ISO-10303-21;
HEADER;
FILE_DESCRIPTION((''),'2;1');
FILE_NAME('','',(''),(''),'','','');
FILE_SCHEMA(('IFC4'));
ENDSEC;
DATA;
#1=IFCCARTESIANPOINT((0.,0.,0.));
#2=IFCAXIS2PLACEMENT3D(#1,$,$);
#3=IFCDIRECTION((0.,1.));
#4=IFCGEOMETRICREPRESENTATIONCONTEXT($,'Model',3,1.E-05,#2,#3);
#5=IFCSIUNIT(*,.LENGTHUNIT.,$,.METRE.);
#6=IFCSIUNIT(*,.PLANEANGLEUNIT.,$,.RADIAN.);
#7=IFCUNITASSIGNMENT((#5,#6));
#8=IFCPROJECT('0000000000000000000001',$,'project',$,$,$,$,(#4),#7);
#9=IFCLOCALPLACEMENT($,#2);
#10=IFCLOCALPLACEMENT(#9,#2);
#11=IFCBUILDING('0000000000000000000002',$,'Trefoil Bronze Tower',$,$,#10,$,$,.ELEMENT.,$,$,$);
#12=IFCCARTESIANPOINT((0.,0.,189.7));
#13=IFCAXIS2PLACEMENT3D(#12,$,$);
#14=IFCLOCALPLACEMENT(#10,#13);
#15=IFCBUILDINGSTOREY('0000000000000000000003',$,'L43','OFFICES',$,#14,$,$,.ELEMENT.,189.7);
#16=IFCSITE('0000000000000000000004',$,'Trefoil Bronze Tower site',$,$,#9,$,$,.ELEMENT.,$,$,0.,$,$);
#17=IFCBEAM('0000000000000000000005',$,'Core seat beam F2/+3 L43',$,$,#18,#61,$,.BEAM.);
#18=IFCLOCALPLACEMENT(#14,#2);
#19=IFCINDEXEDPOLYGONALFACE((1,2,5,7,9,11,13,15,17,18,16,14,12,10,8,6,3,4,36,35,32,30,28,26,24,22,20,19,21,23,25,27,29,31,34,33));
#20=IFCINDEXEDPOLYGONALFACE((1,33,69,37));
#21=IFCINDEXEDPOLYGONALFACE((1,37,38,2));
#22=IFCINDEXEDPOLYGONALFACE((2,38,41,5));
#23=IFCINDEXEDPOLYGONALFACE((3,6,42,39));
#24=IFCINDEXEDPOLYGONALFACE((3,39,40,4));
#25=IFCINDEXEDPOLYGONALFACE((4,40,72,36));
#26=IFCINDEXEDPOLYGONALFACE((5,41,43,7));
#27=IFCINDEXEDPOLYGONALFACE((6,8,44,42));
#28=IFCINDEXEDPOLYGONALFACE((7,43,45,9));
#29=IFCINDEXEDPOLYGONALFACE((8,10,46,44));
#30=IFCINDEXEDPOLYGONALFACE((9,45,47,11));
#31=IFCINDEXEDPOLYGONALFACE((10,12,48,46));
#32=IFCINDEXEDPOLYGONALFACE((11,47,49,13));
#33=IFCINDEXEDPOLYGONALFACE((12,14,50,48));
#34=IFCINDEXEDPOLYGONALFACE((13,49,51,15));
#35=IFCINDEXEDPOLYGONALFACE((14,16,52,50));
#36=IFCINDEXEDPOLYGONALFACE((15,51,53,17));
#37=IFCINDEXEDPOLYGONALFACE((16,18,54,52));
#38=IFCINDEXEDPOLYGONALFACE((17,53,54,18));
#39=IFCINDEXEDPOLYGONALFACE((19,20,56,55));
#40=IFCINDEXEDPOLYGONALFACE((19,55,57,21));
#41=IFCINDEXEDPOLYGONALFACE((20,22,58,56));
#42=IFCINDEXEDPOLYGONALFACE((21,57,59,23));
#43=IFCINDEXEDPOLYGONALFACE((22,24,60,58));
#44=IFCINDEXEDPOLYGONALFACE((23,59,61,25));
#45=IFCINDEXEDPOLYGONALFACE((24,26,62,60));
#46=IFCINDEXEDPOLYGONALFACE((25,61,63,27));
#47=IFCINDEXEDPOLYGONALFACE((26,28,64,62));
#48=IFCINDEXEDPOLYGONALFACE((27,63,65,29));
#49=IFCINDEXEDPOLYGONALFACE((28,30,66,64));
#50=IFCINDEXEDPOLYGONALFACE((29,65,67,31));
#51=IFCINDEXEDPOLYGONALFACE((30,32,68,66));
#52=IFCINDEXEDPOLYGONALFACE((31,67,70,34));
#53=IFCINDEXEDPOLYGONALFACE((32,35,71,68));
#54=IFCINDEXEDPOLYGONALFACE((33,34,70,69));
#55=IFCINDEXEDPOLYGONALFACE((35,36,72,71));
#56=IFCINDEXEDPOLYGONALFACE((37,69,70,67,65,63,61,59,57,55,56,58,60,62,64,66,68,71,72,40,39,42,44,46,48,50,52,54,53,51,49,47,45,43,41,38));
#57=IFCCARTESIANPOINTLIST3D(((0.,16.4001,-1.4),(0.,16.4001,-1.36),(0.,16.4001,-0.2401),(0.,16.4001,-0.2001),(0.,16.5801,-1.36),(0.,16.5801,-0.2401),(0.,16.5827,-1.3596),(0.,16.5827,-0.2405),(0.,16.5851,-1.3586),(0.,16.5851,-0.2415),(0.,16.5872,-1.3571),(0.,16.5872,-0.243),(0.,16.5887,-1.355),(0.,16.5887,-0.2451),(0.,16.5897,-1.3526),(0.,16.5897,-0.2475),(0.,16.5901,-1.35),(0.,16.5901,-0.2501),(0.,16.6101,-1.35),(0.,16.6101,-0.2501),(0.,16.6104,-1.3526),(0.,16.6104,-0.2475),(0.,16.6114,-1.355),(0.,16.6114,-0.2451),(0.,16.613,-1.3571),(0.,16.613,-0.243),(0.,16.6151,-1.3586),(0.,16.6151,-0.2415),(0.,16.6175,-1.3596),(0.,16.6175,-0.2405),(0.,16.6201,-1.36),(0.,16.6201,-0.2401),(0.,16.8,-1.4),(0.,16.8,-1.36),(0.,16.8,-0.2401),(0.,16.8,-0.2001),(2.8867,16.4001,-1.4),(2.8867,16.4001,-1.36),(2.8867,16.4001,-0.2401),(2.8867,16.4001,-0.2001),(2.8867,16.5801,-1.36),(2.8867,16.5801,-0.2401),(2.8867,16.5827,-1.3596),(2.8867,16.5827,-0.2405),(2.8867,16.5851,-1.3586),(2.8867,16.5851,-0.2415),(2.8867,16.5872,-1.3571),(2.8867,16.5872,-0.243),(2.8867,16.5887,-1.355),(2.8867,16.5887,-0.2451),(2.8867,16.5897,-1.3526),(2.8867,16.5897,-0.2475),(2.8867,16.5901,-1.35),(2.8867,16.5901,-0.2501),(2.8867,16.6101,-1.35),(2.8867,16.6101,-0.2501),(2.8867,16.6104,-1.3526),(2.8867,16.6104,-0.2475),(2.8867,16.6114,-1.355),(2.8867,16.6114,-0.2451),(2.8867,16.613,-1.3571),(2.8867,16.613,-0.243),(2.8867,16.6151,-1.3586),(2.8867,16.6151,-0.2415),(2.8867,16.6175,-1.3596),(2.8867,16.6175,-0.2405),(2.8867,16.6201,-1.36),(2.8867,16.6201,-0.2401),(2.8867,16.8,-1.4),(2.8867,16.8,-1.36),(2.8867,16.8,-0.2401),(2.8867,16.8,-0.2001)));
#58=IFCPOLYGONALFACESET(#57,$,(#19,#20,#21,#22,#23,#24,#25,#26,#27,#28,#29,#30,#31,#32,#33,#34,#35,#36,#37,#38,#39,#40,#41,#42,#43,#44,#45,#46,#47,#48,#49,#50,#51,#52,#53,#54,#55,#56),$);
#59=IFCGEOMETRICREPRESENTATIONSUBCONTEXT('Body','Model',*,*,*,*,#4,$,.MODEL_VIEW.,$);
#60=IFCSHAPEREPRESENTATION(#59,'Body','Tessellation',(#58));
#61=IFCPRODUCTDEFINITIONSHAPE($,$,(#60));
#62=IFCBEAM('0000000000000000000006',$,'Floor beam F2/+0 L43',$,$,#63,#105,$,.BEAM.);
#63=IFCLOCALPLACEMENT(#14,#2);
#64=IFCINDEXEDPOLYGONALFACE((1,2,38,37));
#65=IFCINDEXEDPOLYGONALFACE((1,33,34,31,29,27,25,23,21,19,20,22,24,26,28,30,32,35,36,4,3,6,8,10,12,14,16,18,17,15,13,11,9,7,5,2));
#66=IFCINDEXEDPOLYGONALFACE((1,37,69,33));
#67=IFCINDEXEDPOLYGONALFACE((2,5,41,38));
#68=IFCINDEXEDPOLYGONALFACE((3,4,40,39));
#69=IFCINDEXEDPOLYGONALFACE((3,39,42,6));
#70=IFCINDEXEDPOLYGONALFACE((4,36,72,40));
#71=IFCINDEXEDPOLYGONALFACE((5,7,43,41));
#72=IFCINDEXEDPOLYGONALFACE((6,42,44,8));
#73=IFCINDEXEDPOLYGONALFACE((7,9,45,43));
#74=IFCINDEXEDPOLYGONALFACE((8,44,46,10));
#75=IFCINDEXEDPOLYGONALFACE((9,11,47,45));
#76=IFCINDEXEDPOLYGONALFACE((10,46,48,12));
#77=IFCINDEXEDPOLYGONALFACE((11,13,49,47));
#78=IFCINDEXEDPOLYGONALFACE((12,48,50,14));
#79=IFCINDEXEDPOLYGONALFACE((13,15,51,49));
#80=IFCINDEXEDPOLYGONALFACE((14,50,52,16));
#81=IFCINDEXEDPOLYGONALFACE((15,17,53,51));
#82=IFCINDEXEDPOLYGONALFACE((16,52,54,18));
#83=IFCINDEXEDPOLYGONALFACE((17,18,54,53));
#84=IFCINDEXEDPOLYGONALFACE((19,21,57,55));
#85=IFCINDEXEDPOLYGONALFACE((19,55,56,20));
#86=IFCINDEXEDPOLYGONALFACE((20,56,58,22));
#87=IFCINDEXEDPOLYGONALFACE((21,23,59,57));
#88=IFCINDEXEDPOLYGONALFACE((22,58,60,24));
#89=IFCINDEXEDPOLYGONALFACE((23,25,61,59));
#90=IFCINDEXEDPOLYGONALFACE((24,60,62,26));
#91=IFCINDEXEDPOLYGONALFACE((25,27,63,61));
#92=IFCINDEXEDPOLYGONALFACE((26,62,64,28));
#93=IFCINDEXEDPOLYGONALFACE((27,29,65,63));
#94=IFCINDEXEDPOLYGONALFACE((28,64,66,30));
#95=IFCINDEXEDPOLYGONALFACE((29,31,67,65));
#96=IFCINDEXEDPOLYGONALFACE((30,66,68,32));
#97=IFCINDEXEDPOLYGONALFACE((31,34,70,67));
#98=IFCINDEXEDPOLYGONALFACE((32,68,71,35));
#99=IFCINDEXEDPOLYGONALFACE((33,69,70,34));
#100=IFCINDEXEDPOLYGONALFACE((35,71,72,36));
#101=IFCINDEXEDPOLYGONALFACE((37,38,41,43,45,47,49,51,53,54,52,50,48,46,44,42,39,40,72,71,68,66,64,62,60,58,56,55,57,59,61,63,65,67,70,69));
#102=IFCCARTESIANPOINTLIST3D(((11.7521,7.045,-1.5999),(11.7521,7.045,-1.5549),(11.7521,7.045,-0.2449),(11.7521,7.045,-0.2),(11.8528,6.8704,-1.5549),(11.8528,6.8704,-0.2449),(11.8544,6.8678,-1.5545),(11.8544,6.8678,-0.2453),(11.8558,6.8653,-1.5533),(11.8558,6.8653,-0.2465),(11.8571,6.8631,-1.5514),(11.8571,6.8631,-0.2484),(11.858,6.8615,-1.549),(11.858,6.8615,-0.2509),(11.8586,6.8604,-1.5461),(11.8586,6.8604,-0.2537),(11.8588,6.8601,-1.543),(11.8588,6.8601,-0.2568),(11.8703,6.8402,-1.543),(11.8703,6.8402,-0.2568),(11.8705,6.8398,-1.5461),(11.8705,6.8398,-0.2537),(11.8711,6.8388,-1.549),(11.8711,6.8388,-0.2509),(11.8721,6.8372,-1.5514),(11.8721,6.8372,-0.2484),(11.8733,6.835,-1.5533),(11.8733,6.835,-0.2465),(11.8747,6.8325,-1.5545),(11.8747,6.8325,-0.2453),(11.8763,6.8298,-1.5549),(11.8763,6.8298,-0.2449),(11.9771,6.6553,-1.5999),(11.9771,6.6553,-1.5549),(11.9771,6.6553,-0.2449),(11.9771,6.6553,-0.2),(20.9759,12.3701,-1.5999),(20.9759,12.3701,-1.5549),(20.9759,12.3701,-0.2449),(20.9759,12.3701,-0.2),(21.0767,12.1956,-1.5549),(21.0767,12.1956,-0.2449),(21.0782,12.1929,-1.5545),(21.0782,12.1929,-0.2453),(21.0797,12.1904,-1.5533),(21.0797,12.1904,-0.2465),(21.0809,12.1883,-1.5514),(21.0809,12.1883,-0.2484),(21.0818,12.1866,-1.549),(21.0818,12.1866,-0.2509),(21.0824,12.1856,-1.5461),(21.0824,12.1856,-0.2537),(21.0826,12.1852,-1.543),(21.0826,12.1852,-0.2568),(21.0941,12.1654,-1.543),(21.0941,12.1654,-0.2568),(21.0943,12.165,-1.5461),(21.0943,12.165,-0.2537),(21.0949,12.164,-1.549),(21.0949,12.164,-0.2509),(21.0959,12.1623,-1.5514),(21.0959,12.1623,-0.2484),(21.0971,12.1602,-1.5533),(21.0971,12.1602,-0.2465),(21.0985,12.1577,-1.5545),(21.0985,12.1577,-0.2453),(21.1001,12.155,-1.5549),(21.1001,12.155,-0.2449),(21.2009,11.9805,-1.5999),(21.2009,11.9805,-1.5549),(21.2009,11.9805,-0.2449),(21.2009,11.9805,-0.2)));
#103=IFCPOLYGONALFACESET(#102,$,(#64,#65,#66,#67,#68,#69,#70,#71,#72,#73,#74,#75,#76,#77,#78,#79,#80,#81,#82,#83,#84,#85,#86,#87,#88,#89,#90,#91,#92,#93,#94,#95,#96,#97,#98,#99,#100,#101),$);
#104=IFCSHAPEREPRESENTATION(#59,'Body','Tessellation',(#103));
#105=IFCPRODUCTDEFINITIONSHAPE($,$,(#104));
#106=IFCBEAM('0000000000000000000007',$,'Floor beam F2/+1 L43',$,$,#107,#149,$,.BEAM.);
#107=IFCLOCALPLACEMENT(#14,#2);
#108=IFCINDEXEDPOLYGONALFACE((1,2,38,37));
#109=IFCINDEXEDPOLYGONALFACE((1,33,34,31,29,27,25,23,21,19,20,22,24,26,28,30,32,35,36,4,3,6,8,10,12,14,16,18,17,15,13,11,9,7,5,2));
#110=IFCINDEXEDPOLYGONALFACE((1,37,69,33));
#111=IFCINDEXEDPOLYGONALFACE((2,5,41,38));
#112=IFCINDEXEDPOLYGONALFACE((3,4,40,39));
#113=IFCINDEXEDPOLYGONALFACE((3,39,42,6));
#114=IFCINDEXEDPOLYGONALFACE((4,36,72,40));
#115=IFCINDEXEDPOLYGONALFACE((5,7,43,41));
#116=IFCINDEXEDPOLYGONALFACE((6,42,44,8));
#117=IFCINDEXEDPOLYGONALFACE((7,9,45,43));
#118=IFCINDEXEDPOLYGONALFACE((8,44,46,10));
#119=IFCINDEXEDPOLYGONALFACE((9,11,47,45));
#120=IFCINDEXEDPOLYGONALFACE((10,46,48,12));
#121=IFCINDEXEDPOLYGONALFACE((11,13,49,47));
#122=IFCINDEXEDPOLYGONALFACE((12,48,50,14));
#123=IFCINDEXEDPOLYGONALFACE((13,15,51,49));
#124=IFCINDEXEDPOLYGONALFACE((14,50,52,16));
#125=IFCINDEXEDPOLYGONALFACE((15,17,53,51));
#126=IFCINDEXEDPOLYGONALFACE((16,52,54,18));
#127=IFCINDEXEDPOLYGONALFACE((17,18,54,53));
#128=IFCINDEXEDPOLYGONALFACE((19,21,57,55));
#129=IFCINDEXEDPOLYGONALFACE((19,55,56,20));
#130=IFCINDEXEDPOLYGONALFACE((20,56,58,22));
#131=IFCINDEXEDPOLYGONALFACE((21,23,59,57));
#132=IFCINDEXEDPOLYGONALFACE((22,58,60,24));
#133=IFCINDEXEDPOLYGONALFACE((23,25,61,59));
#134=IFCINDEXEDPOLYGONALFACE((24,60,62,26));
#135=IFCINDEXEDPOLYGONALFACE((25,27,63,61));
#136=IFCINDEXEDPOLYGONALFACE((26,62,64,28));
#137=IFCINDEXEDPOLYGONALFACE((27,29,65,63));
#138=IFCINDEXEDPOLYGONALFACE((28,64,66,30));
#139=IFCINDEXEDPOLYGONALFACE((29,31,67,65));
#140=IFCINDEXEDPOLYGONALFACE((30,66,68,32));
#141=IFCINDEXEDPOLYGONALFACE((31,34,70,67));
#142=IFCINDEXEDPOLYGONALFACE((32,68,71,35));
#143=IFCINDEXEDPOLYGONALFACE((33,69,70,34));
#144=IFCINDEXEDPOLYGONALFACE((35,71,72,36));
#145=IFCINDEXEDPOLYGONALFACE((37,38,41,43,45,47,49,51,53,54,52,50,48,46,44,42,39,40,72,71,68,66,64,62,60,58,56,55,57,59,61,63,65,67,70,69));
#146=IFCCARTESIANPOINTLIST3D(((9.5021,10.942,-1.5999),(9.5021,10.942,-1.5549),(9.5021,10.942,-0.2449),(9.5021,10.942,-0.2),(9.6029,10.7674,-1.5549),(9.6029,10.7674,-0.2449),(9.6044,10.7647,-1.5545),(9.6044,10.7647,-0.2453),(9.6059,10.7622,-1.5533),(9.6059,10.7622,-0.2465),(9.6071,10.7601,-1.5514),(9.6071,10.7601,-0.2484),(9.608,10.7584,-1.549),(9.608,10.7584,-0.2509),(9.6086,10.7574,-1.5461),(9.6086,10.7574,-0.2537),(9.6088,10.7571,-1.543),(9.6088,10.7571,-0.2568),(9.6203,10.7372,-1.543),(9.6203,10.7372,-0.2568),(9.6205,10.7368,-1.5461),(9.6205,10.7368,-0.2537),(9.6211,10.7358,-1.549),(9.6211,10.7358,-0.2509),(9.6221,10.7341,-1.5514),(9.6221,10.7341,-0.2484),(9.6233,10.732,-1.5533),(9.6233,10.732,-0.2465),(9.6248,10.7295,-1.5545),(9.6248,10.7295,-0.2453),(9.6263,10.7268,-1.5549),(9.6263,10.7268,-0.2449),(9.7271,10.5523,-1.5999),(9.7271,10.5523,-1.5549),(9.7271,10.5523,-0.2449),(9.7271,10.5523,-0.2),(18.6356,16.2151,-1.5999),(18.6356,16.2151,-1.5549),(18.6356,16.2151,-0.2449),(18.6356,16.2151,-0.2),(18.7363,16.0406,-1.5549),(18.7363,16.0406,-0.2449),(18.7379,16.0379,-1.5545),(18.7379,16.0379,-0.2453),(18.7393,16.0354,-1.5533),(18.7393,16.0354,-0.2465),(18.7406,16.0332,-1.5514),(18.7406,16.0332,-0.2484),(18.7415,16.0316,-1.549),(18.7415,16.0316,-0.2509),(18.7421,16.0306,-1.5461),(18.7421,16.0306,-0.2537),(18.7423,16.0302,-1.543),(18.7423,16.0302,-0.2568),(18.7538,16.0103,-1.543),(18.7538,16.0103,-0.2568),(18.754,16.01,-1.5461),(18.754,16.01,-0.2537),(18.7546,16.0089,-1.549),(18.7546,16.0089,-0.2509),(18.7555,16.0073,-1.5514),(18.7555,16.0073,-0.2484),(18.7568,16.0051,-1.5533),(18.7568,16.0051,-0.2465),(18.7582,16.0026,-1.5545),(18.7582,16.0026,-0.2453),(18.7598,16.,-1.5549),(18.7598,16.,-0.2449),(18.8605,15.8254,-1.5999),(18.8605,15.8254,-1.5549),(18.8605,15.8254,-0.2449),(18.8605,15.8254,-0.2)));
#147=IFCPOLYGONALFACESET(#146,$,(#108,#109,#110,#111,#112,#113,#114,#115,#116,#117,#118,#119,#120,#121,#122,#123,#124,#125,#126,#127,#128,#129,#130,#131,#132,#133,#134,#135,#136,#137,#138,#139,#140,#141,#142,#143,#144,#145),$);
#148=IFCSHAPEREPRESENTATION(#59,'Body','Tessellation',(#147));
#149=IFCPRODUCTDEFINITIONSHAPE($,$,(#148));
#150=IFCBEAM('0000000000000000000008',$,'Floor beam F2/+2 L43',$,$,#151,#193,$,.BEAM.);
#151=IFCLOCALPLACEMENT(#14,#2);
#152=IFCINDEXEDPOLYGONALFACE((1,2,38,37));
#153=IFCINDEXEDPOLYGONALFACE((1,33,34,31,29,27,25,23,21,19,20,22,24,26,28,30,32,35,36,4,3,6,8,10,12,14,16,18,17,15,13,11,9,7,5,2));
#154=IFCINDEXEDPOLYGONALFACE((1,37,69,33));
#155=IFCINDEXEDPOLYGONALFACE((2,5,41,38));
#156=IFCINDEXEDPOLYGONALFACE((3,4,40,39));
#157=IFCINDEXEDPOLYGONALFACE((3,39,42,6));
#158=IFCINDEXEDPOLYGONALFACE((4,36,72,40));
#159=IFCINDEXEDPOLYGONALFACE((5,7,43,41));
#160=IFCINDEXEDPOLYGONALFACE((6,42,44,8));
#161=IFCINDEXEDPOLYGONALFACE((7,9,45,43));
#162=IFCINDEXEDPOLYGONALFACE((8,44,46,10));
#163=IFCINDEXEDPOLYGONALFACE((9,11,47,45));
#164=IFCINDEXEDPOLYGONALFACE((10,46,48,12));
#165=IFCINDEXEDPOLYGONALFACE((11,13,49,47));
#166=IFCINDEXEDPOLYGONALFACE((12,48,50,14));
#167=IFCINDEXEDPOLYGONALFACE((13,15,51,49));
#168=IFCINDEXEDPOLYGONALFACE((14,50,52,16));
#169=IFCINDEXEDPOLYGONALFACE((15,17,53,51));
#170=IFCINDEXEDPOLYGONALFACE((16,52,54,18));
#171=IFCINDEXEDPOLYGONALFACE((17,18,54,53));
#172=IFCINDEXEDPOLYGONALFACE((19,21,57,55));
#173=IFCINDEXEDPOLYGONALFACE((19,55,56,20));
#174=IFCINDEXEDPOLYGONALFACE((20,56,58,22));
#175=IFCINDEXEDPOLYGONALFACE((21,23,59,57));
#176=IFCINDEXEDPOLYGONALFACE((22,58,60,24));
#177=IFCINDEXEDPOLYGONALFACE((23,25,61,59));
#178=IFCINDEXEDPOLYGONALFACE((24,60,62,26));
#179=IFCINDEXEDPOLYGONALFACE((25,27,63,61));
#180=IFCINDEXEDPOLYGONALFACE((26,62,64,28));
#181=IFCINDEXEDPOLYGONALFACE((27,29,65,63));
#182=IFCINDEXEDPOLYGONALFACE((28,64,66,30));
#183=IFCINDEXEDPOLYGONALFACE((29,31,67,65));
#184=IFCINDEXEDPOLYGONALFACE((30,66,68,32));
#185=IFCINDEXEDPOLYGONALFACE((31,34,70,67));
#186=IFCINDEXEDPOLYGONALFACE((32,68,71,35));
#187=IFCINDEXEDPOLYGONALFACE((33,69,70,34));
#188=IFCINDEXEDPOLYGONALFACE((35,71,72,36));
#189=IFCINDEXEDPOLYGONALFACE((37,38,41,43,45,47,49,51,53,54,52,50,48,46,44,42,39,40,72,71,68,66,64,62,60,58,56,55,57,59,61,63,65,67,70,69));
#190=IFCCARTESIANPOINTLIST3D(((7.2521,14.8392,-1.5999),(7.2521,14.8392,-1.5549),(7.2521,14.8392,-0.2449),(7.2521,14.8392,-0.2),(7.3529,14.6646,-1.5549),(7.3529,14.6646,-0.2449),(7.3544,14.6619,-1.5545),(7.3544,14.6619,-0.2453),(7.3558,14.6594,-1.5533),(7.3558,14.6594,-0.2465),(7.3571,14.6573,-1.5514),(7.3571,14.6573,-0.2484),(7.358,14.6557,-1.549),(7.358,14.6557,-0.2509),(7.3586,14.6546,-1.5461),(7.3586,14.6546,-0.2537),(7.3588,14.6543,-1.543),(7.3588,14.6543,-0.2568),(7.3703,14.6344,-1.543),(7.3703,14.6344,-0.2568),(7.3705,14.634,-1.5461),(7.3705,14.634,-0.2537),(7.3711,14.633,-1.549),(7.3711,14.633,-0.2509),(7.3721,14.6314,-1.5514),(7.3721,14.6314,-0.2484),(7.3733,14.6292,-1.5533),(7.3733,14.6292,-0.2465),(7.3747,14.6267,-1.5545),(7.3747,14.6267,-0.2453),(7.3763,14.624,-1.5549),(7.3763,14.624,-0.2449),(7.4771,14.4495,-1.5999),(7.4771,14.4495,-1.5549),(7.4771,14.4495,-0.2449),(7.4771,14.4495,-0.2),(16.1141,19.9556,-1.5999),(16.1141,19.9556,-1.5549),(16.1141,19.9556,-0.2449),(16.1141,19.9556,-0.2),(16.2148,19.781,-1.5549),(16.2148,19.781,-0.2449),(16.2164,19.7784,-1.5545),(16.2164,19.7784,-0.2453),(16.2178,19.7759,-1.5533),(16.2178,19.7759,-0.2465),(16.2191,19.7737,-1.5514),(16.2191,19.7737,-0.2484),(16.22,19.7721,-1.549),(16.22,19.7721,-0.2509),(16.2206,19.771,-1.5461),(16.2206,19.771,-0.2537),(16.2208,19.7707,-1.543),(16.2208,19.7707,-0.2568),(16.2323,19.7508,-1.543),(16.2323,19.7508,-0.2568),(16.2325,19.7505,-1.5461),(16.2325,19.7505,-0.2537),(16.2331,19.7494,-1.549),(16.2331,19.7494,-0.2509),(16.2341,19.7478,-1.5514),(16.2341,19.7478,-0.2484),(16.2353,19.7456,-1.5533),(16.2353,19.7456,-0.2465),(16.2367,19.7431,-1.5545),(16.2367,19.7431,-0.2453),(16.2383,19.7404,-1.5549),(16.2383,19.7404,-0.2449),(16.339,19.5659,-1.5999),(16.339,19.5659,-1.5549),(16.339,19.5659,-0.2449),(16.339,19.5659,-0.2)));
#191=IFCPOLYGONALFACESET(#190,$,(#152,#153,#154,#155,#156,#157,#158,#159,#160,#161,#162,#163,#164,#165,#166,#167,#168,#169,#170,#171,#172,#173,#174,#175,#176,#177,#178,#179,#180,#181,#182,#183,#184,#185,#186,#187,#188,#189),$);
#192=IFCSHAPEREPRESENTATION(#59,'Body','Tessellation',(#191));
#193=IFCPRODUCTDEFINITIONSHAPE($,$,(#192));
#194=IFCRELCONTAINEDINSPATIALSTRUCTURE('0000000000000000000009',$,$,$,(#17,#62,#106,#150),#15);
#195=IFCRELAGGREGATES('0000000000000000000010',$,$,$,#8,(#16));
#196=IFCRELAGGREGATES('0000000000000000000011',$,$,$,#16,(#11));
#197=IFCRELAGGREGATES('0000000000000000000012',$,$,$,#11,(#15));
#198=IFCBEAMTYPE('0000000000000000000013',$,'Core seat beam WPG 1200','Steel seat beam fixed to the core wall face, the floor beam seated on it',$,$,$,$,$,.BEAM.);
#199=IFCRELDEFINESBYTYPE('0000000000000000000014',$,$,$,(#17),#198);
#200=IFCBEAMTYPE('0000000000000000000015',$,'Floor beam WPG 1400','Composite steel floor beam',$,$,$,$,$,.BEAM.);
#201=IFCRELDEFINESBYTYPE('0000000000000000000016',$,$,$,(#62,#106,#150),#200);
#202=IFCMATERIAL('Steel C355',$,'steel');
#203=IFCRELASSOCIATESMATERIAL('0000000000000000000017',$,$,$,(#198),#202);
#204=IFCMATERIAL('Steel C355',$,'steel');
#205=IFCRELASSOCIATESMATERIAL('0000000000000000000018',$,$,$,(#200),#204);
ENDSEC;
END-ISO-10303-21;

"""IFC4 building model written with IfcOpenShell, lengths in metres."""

from ifc_helpers import new_model, si_unit, direction, frame, origin, origin_2d, place, context, subcontext, project, spatial, i_section, extrude, material, material_profile, profile_set, type_object, element, save


model = new_model("IFC4")

# Units and contexts
model_context = context("Model", 3, precision=1e-05, world=origin(), true_north=direction((0.0, 1.0)))
body_context = subcontext(model_context, "Body", "Model", "MODEL_VIEW")
ifc_project = project(units=[si_unit("LENGTHUNIT", "METRE"), si_unit("PLANEANGLEUNIT", "RADIAN")], contexts=[model_context])

# Site, building, storey
site_placement = place(None, origin())
site = spatial("IfcSite", under=ifc_project, at=site_placement, Name="Trefoil Bronze Tower site", CompositionType="ELEMENT", RefElevation=0.0)
building_placement = place(site_placement, origin())
building = spatial("IfcBuilding", under=site, at=building_placement, Name="Trefoil Bronze Tower", CompositionType="ELEMENT")
storey_placement = place(building_placement, frame((0.0, 0.0, 189.7)))
storey = spatial("IfcBuildingStorey", under=building, at=storey_placement, Name="L43", Description="OFFICES", CompositionType="ELEMENT", Elevation=189.7)

# Beams
ifc_material_1 = material(Name="Steel C355", Category="steel")
ifc_material_profile_1 = material_profile(ifc_material_1, i_section(OverallWidth=0.3999, OverallDepth=1.2, WebThickness=0.02, FlangeThickness=0.04, FilletRadius=0.01, at=origin_2d()), Name="WPG 1200")
ifc_profile_set_1 = profile_set([ifc_material_profile_1], Name="Steel C355")
beam_type_1 = type_object("IfcBeamType", Name="Core seat beam WPG 1200", Description="Steel seat beam fixed to the core wall face, the floor beam seated on it", PredefinedType="BEAM", material=ifc_profile_set_1)
beam_1_placement = place(storey_placement, frame((2.8867, 16.6001, -0.8), z_axis=(-1.0, 0.0, 0.0), x_axis=(0.0, -1.0, 0.0)))
element("IfcBeam", 1, at=beam_1_placement, inside=storey, type_object=beam_type_1, Name="Core seat beam F2/+3 L43", PredefinedType="BEAM", context=body_context, shape_type="SweptSolid", body=[
    extrude(i_section(OverallWidth=0.3999, OverallDepth=1.2, WebThickness=0.02, FlangeThickness=0.04, FilletRadius=0.01, at=origin_2d()), origin(), (0.0, 0.0, 1.0), 2.8867),
])
ifc_material_2 = material(Name="Steel C355", Category="steel")
ifc_material_profile_2 = material_profile(ifc_material_2, i_section(OverallWidth=0.45, OverallDepth=1.3999, WebThickness=0.0229, FlangeThickness=0.0449, FilletRadius=0.012, at=origin_2d()), Name="WPG 1400")
ifc_profile_set_2 = profile_set([ifc_material_profile_2], Name="Steel C355")
beam_type_2 = type_object("IfcBeamType", Name="Floor beam WPG 1400", Description="Composite steel floor beam", PredefinedType="BEAM", material=ifc_profile_set_2)
beam_2_placement = place(storey_placement, frame((21.0884, 12.1753, -0.8999), z_axis=(-0.866034, -0.499985, 0.0), x_axis=(0.499985, -0.866034, 0.0)))
element("IfcBeam", 2, at=beam_2_placement, inside=storey, type_object=beam_type_2, Name="Floor beam F2/+0 L43", PredefinedType="BEAM", context=body_context, shape_type="SweptSolid", body=[
    extrude(i_section(OverallWidth=0.45, OverallDepth=1.3999, WebThickness=0.0229, FlangeThickness=0.0449, FilletRadius=0.012, at=origin_2d()), origin(), (0.0, 0.0, 1.0), 10.6506),
])
beam_3_placement = place(storey_placement, frame((18.748, 16.0203, -0.8999), z_axis=(-0.866028, -0.499996, 0.0), x_axis=(0.499996, -0.866028, 0.0)))
element("IfcBeam", 3, at=beam_3_placement, inside=storey, type_object=beam_type_2, Name="Floor beam F2/+1 L43", PredefinedType="BEAM", context=body_context, shape_type="SweptSolid", body=[
    extrude(i_section(OverallWidth=0.45, OverallDepth=1.3999, WebThickness=0.0229, FlangeThickness=0.0449, FilletRadius=0.012, at=origin_2d()), origin(), (0.0, 0.0, 1.0), 10.5464),
])
beam_4_placement = place(storey_placement, frame((16.2266, 19.7607, -0.8999), z_axis=(-0.866028, -0.499996, 0.0), x_axis=(0.499996, -0.866028, 0.0)))
element("IfcBeam", 4, at=beam_4_placement, inside=storey, type_object=beam_type_2, Name="Floor beam F2/+2 L43", PredefinedType="BEAM", context=body_context, shape_type="SweptSolid", body=[
    extrude(i_section(OverallWidth=0.45, OverallDepth=1.3999, WebThickness=0.0229, FlangeThickness=0.0449, FilletRadius=0.012, at=origin_2d()), origin(), (0.0, 0.0, 1.0), 10.2329),
])

save(model, "model.ifc")
